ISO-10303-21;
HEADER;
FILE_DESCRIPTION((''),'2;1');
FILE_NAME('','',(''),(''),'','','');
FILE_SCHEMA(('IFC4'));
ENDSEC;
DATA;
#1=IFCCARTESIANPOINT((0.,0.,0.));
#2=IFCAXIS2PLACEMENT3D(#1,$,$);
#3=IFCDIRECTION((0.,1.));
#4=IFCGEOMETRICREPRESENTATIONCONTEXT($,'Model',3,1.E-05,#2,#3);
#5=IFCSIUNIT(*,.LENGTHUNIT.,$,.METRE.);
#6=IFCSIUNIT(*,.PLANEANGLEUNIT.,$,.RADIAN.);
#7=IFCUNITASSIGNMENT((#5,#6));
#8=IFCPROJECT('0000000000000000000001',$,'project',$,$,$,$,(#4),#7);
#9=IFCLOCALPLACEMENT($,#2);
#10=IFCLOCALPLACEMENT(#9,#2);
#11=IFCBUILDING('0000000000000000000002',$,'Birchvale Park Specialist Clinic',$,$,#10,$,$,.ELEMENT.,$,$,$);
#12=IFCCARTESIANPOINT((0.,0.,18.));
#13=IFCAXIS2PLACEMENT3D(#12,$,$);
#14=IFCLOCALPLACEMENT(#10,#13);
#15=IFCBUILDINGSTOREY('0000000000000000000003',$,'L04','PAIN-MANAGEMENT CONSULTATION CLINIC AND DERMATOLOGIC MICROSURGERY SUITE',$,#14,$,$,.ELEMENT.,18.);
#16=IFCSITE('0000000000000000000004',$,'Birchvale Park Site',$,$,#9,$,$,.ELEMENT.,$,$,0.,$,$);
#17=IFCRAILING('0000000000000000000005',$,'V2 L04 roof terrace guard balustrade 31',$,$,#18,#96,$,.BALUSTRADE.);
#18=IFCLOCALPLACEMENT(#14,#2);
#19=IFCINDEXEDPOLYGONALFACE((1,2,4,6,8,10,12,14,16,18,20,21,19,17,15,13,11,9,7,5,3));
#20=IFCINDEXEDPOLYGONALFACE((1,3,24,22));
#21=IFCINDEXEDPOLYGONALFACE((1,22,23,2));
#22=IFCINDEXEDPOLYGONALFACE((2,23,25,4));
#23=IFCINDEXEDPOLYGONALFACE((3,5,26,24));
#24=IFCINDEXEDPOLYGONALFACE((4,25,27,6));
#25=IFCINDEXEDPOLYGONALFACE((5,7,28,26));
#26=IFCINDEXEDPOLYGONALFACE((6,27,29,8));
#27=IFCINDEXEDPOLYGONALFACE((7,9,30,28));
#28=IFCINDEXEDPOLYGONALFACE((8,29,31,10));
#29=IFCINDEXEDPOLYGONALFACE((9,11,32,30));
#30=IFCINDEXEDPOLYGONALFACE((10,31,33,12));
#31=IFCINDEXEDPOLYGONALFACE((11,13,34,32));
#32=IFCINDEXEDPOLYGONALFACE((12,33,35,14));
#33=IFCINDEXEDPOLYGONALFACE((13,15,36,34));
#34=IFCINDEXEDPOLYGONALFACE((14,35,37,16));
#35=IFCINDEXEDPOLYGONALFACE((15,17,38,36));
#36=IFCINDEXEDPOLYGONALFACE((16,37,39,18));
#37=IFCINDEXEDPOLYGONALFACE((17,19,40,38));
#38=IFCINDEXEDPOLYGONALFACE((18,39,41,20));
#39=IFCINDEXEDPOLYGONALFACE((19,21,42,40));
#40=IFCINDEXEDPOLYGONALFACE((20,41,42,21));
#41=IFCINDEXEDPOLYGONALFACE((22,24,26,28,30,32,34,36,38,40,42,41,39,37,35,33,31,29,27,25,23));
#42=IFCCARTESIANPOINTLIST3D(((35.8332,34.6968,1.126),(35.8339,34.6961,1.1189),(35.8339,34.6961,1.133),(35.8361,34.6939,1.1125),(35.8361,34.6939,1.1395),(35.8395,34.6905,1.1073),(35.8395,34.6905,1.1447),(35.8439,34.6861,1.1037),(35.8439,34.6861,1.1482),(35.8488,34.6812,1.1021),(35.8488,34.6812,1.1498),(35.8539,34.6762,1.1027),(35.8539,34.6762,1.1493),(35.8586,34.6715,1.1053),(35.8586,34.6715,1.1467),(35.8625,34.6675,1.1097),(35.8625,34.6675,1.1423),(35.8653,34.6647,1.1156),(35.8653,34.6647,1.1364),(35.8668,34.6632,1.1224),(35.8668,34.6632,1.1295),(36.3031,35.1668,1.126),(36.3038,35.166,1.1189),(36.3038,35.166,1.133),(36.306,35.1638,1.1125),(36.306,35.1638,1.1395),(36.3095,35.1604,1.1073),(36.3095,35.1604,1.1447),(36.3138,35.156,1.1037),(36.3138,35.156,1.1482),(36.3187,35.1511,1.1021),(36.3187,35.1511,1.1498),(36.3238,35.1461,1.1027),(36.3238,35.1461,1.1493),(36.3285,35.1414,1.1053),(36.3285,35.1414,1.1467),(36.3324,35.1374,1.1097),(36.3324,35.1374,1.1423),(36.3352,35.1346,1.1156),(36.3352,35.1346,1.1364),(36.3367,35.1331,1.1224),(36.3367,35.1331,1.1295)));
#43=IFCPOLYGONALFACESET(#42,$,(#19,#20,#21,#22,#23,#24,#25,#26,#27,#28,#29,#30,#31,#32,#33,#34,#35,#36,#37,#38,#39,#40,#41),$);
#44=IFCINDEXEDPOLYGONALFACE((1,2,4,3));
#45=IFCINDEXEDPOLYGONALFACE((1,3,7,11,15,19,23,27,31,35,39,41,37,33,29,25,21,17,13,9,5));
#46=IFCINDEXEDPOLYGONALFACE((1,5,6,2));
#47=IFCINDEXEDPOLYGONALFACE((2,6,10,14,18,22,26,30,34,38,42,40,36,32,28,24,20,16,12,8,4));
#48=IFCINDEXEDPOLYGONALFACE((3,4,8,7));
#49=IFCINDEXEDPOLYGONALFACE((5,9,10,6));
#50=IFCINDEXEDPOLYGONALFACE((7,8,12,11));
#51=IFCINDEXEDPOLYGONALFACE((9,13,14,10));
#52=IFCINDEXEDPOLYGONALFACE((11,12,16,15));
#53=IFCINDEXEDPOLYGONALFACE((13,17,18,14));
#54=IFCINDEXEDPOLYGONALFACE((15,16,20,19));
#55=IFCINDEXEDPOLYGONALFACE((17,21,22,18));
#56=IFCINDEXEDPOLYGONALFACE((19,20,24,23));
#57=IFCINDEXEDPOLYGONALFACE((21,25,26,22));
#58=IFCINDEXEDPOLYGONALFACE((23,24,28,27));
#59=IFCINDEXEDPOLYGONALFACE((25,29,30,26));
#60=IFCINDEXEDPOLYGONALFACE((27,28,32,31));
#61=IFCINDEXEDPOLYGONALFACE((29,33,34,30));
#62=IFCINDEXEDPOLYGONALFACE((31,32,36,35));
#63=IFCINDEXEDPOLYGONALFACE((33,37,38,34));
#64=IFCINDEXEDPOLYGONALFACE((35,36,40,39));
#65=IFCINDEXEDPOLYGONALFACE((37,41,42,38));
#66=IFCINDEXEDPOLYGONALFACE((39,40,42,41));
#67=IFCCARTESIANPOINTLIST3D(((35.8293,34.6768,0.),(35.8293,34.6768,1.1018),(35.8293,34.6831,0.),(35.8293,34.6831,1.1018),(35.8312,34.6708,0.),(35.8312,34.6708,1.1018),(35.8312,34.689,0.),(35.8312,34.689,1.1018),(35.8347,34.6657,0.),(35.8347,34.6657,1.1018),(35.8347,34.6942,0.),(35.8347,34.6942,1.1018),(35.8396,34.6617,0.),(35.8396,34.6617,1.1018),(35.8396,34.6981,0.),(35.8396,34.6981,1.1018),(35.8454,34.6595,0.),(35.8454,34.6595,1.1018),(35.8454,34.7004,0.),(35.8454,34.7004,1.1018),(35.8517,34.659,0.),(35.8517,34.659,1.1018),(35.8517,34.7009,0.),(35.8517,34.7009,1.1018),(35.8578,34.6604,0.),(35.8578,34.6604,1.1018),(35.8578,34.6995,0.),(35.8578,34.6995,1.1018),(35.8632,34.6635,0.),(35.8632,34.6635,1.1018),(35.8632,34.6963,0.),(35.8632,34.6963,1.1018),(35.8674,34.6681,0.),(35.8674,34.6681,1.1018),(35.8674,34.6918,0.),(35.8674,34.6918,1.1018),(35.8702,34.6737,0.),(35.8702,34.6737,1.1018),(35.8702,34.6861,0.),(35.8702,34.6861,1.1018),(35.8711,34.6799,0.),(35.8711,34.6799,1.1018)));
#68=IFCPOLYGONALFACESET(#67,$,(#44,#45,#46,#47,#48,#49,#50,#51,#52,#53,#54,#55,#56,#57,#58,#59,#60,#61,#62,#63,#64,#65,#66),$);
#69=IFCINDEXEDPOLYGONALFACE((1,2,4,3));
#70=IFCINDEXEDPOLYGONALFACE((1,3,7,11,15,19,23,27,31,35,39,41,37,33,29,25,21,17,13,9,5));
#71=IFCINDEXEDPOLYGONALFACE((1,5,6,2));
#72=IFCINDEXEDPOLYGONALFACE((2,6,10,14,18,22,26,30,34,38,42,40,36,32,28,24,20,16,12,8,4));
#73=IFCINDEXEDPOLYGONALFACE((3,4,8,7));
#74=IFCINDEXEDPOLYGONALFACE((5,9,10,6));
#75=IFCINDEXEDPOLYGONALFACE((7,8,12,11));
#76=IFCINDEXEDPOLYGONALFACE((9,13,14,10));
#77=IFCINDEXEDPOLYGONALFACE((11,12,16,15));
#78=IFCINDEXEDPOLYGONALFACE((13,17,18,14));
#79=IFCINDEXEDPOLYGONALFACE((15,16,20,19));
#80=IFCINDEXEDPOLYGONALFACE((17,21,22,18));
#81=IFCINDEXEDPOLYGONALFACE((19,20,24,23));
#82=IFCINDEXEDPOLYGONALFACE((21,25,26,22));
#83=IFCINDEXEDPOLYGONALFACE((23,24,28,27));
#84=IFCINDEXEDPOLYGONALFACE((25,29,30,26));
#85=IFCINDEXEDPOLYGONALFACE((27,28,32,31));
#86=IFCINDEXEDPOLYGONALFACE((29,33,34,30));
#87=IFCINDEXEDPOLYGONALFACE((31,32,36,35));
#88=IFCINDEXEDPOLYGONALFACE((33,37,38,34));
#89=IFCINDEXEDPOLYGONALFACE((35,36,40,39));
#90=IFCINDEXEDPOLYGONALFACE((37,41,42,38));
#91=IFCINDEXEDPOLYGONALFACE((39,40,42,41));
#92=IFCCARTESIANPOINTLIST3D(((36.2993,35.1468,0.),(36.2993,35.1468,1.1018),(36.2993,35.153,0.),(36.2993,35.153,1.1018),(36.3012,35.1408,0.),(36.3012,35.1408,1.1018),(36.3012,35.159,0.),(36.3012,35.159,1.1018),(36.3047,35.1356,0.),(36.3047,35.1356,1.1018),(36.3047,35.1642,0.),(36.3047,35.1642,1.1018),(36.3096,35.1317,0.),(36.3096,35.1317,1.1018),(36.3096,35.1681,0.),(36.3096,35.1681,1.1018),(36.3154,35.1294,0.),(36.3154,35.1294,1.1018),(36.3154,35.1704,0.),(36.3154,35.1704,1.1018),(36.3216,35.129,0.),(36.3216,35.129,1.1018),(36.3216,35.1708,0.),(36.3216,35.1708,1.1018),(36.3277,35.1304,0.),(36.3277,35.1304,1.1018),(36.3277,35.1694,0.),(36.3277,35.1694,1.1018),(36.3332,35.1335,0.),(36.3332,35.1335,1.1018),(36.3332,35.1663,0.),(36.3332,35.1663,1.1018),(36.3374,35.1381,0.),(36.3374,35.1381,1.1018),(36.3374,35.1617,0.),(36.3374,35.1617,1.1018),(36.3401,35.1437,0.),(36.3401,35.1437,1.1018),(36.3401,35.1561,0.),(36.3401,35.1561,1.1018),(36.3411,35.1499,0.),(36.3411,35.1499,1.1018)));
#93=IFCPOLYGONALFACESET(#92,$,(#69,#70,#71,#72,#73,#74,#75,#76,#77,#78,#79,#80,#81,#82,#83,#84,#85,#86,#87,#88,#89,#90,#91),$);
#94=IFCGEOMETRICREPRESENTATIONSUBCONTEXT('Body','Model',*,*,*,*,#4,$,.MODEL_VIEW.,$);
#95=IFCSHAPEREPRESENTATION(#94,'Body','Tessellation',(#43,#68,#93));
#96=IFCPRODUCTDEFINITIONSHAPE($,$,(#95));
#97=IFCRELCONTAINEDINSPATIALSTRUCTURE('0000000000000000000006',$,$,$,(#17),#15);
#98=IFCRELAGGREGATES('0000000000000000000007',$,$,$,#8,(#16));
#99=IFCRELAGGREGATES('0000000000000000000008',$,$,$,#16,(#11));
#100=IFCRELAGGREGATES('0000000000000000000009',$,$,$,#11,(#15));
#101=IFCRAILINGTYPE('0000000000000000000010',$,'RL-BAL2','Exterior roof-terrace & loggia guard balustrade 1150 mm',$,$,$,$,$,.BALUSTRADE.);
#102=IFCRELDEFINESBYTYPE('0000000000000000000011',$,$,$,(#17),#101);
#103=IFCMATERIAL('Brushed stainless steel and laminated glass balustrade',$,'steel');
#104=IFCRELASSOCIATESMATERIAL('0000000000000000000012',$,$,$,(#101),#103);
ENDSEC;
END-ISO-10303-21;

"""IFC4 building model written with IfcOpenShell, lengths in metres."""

from ifc_helpers import new_model, si_unit, direction, frame, origin, origin_2d, place, context, subcontext, project, spatial, circle, extrude, material, type_object, element, save


model = new_model("IFC4")

# Units and contexts
model_context = context("Model", 3, precision=1e-05, world=origin(), true_north=direction((0.0, 1.0)))
body_context = subcontext(model_context, "Body", "Model", "MODEL_VIEW")
ifc_project = project(units=[si_unit("LENGTHUNIT", "METRE"), si_unit("PLANEANGLEUNIT", "RADIAN")], contexts=[model_context])

# Site, building, storey
site_placement = place(None, origin())
site = spatial("IfcSite", under=ifc_project, at=site_placement, Name="Birchvale Park Site", CompositionType="ELEMENT", RefElevation=0.0)
building_placement = place(site_placement, origin())
building = spatial("IfcBuilding", under=site, at=building_placement, Name="Birchvale Park Specialist Clinic", CompositionType="ELEMENT")
storey_placement = place(building_placement, frame((0.0, 0.0, 18.0)))
storey = spatial("IfcBuildingStorey", under=building, at=storey_placement, Name="L04", Description="PAIN-MANAGEMENT CONSULTATION CLINIC AND DERMATOLOGIC MICROSURGERY SUITE", CompositionType="ELEMENT", Elevation=18.0)

# Railing
ifc_material_1 = material(Name="Brushed stainless steel and laminated glass balustrade", Category="steel")
railing_type_1 = type_object("IfcRailingType", Name="RL-BAL2", Description="Exterior roof-terrace & loggia guard balustrade 1150 mm", PredefinedType="BALUSTRADE", material=ifc_material_1)
railing_1_placement = place(storey_placement, frame((35.8501, 34.6799, 0.0)))
element("IfcRailing", 1, at=railing_1_placement, inside=storey, type_object=railing_type_1, Name="V2 L04 roof terrace guard balustrade 31", PredefinedType="BALUSTRADE", context=body_context, shape_type="SweptSolid", body=[
    extrude(circle(Radius=0.0239, at=origin_2d()), frame((0.0, 0.0, 1.126), z_axis=(0.707107, 0.707107, 0.0), x_axis=(-0.707107, 0.707107, 0.0)), (0.0, 0.0, 1.0), 0.6646),
    extrude(circle(Radius=0.021, at=origin_2d()), origin(), (0.0, 0.0, 1.0), 1.1018),
    extrude(circle(Radius=0.021, at=origin_2d()), frame((0.47, 0.47, 0.0)), (0.0, 0.0, 1.0), 1.1018),
])

save(model, "model.ifc")
